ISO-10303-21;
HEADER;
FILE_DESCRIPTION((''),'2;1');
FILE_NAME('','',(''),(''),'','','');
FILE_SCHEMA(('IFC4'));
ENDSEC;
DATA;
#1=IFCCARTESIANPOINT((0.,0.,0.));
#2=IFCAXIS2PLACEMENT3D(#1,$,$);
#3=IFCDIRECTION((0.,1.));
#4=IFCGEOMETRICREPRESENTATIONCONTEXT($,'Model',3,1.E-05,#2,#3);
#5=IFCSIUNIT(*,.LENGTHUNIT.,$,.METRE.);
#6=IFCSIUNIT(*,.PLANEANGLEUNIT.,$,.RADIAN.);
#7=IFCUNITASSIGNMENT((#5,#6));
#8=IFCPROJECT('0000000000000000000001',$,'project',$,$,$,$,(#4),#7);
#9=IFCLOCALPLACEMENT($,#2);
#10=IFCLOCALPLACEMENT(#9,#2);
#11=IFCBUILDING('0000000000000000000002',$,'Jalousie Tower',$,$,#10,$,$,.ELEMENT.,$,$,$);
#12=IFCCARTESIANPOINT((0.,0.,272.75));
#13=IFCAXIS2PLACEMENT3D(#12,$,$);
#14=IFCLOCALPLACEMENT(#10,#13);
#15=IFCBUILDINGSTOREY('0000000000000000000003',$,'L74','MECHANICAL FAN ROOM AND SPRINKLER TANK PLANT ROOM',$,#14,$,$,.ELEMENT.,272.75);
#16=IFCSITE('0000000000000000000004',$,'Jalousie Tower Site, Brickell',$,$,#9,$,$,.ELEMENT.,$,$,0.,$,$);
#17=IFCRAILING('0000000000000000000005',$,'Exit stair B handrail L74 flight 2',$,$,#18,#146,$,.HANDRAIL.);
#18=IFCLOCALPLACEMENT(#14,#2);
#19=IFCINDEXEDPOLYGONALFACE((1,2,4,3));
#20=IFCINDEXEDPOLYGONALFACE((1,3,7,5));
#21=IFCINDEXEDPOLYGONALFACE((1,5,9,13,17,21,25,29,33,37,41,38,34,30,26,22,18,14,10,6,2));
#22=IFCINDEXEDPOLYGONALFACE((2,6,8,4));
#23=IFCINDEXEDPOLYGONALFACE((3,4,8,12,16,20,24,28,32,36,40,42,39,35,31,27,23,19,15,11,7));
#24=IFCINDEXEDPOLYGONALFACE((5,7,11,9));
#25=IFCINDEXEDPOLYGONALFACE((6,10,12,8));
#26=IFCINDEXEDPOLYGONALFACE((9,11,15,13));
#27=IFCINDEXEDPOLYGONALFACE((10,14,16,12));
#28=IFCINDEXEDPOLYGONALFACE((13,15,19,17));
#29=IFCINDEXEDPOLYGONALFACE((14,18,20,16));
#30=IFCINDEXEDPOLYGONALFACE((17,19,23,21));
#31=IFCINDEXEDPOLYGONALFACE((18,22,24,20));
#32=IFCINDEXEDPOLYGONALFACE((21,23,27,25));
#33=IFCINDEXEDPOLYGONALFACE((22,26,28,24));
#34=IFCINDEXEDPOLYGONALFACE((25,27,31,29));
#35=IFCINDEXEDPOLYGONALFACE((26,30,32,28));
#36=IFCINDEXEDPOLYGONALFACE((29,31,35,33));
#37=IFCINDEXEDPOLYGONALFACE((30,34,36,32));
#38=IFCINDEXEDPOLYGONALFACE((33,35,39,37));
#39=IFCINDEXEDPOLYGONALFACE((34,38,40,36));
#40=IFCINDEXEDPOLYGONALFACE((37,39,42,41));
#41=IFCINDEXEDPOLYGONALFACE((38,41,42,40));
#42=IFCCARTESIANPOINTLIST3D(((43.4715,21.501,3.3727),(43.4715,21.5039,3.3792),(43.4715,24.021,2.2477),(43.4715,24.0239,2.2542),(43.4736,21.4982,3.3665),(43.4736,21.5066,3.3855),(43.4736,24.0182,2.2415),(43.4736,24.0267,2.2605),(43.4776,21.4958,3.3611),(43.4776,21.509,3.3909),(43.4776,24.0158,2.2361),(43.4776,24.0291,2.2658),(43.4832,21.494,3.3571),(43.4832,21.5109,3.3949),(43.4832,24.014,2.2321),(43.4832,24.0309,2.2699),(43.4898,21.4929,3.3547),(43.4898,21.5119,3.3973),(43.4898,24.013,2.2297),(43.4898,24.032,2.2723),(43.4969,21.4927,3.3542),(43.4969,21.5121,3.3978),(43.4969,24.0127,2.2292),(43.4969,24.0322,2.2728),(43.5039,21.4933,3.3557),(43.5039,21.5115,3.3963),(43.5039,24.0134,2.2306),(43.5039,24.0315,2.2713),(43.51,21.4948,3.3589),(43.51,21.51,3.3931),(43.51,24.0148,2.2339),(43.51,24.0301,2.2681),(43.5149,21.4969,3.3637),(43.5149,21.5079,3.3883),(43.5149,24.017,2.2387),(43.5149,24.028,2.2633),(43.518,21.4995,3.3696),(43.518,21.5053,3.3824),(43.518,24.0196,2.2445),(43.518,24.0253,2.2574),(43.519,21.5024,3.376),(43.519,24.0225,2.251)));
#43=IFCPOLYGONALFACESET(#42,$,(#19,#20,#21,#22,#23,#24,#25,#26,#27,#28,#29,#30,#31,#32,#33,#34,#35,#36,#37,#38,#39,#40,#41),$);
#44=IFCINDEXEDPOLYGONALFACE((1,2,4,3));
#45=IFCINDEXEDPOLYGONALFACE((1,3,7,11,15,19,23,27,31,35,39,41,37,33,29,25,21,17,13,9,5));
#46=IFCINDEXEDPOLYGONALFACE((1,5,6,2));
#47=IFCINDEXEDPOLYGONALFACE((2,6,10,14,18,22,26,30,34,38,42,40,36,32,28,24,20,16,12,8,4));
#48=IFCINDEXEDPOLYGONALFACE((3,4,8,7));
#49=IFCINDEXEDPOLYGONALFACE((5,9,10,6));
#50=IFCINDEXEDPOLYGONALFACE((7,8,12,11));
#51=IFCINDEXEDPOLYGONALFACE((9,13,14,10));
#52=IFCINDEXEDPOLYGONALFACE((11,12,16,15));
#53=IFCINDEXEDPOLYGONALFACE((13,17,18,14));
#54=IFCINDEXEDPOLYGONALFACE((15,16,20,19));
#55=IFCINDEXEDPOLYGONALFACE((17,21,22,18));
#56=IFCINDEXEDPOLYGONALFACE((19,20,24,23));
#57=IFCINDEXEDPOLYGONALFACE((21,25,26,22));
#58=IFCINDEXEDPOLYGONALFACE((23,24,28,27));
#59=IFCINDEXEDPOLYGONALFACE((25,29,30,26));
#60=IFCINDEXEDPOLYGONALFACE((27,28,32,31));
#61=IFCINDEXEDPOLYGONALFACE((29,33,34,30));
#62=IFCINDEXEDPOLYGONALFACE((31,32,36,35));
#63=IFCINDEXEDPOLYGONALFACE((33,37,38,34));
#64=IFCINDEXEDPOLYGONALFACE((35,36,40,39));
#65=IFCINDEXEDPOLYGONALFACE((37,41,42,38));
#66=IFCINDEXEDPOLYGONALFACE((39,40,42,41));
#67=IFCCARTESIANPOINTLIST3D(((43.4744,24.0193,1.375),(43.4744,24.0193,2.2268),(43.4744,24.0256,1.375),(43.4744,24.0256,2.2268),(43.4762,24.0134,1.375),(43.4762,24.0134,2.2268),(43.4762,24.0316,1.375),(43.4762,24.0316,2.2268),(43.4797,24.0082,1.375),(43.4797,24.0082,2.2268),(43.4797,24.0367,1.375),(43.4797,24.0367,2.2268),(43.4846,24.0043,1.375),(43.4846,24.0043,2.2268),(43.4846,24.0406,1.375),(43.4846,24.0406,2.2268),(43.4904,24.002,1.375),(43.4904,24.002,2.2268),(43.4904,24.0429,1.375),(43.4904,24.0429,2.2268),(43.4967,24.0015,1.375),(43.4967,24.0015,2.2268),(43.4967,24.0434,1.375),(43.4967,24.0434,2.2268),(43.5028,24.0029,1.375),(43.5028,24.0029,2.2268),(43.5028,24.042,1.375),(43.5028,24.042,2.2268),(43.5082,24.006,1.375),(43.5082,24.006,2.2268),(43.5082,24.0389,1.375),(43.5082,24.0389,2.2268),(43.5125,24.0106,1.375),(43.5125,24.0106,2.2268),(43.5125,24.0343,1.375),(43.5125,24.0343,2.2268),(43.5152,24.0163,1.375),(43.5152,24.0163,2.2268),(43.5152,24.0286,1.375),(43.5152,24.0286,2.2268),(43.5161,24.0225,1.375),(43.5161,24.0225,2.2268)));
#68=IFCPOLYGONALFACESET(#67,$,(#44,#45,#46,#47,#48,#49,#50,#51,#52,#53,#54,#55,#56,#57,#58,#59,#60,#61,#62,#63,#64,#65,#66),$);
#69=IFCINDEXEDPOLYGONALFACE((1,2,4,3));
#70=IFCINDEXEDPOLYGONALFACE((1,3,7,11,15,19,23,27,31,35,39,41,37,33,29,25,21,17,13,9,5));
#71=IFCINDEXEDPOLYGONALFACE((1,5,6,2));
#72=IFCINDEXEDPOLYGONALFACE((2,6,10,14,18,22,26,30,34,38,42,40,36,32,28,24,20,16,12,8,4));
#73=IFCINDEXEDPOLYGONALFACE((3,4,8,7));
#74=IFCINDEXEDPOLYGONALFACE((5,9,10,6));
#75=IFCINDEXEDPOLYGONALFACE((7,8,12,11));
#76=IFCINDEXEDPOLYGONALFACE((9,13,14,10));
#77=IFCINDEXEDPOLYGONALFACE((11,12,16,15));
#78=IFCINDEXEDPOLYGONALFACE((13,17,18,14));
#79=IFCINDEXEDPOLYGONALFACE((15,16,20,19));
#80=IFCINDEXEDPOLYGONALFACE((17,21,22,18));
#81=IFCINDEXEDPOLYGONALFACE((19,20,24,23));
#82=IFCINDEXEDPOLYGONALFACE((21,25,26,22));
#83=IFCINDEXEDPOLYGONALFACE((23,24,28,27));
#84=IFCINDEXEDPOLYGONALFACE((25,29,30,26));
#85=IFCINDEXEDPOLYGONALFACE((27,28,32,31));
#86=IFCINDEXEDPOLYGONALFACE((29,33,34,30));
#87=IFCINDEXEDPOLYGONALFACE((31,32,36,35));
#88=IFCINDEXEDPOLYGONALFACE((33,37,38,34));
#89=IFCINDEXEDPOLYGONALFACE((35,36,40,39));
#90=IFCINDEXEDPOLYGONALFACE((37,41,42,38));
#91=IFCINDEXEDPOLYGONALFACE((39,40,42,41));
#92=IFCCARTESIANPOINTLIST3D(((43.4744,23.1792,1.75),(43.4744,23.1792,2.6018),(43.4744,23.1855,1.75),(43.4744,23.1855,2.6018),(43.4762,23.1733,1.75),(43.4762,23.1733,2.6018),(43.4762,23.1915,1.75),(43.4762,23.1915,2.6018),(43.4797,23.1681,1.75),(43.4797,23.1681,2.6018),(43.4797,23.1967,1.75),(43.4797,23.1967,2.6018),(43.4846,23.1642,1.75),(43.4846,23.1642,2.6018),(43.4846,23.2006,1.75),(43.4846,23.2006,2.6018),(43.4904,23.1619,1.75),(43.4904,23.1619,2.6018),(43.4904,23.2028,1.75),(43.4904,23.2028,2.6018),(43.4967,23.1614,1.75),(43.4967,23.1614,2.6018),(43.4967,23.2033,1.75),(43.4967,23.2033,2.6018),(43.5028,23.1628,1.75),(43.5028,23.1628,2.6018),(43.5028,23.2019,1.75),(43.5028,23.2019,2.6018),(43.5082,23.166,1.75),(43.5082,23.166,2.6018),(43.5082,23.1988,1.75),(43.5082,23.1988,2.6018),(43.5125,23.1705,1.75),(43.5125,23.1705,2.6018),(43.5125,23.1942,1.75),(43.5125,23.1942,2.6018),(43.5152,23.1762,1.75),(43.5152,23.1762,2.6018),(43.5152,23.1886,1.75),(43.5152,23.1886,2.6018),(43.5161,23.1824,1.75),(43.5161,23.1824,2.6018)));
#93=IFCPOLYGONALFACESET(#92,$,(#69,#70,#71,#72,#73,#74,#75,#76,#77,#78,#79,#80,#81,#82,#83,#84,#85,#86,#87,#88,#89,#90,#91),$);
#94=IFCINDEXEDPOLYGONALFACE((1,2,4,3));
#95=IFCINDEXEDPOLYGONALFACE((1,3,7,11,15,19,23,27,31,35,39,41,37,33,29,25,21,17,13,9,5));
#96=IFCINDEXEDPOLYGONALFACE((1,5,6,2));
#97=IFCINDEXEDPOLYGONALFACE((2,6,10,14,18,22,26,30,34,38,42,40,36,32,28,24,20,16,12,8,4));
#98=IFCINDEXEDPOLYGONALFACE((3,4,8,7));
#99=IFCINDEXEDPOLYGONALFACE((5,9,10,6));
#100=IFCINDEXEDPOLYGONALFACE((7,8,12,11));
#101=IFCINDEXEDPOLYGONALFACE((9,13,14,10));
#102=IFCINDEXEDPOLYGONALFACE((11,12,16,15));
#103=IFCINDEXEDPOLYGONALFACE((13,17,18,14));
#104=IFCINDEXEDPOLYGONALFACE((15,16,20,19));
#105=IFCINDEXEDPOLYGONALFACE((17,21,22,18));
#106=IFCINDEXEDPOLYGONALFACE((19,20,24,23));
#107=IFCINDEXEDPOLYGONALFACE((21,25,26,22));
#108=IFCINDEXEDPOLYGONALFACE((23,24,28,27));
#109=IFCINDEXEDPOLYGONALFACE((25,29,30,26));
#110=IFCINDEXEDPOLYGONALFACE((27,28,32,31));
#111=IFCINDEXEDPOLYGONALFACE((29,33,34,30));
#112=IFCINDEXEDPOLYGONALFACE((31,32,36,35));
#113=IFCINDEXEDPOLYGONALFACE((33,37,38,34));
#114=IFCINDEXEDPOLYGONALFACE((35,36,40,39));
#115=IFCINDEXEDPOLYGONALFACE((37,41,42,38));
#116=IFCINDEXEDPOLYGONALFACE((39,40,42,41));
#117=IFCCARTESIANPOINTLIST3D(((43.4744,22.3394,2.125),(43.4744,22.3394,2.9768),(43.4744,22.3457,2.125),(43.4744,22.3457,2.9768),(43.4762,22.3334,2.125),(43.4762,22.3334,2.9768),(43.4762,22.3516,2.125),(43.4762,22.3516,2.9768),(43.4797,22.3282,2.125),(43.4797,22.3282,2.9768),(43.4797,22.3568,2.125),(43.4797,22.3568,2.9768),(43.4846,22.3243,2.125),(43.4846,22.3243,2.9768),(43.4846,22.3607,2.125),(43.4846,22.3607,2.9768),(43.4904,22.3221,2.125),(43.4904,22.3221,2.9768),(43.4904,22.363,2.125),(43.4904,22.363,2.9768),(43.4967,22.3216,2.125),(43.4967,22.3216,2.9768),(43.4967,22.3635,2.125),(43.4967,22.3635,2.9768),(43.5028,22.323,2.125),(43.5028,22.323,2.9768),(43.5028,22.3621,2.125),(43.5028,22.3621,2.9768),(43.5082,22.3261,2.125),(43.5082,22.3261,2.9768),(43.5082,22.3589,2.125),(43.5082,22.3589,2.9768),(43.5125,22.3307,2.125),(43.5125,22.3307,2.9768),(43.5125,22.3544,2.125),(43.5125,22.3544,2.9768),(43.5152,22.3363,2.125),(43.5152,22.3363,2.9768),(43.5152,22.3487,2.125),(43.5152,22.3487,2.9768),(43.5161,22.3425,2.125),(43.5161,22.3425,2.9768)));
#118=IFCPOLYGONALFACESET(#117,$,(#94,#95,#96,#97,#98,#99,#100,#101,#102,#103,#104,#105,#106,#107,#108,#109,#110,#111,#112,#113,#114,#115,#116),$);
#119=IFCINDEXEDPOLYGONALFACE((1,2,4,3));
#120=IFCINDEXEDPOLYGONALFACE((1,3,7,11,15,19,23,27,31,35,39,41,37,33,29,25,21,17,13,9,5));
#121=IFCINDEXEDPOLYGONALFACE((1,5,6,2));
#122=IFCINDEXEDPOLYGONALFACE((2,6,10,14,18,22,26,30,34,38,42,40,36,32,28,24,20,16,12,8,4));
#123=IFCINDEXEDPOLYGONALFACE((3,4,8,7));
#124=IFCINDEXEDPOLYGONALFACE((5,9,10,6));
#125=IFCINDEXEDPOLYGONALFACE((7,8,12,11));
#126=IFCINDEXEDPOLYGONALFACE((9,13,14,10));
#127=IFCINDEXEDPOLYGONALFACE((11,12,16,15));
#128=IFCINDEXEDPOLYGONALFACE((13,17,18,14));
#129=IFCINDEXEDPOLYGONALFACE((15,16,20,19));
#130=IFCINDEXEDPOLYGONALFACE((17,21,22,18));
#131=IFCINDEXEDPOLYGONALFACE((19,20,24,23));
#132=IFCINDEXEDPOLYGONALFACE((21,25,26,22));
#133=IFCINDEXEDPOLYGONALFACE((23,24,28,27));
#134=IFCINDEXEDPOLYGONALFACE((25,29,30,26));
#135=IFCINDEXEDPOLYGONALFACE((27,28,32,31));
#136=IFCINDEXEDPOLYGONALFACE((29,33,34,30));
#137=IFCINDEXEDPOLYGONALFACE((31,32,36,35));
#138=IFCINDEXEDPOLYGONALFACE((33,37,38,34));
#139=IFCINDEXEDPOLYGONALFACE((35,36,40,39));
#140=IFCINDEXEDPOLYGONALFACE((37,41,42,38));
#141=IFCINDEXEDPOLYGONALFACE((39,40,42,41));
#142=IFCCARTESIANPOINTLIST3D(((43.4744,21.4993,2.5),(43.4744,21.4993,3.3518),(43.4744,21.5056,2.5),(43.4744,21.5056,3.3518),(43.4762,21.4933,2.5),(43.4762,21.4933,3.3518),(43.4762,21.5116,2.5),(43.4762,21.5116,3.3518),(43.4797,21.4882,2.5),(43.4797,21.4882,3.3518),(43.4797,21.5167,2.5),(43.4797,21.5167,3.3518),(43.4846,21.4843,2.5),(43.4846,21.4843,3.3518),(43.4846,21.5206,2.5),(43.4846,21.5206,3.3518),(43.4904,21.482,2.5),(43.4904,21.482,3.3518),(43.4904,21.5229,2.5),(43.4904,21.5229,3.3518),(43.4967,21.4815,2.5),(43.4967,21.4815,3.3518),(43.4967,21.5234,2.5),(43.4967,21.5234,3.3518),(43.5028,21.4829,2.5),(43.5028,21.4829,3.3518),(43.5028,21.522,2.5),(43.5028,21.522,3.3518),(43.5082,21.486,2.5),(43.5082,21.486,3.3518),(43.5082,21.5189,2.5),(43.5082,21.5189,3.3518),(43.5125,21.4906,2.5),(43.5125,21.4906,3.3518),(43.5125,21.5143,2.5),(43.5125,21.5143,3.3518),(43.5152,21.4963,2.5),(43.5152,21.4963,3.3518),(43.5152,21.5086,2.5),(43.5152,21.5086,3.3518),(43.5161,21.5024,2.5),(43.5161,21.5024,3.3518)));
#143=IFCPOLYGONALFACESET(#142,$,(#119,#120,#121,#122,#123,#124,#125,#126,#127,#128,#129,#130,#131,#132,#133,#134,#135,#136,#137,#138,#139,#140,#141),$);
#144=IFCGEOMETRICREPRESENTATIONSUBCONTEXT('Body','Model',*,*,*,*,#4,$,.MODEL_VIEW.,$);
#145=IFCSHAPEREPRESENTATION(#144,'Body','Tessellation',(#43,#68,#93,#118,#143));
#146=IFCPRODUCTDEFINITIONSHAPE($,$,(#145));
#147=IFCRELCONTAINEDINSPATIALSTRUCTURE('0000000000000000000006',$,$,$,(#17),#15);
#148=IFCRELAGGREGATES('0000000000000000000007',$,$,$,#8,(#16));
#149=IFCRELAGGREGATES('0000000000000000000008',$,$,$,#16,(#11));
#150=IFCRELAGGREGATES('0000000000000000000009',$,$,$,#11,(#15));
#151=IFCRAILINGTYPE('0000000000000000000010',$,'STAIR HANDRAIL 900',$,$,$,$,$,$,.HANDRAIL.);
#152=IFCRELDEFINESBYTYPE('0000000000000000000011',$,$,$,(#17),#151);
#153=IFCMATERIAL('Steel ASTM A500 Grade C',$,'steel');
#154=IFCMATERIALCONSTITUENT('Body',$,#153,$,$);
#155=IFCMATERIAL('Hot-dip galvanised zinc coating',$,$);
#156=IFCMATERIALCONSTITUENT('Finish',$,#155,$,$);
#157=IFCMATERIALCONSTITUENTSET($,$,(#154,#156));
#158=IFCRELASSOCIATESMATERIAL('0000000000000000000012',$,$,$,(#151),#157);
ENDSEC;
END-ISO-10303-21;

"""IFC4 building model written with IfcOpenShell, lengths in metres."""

from ifc_helpers import new_model, si_unit, direction, frame, origin, origin_2d, place, context, subcontext, project, spatial, circle, extrude, material, constituent, constituent_set, type_object, element, save


model = new_model("IFC4")

# Units and contexts
model_context = context("Model", 3, precision=1e-05, world=origin(), true_north=direction((0.0, 1.0)))
body_context = subcontext(model_context, "Body", "Model", "MODEL_VIEW")
ifc_project = project(units=[si_unit("LENGTHUNIT", "METRE"), si_unit("PLANEANGLEUNIT", "RADIAN")], contexts=[model_context])

# Site, building, storey
site_placement = place(None, origin())
site = spatial("IfcSite", under=ifc_project, at=site_placement, Name="Jalousie Tower Site, Brickell", CompositionType="ELEMENT", RefElevation=0.0)
building_placement = place(site_placement, origin())
building = spatial("IfcBuilding", under=site, at=building_placement, Name="Jalousie Tower", CompositionType="ELEMENT")
storey_placement = place(building_placement, frame((0.0, 0.0, 272.75)))
storey = spatial("IfcBuildingStorey", under=building, at=storey_placement, Name="L74", Description="MECHANICAL FAN ROOM AND SPRINKLER TANK PLANT ROOM", CompositionType="ELEMENT", Elevation=272.75)

# Railing
ifc_material_1 = material(Name="Steel ASTM A500 Grade C", Category="steel")
ifc_constituent_1 = constituent(ifc_material_1, Name="Body")
ifc_material_2 = material(Name="Hot-dip galvanised zinc coating")
ifc_constituent_2 = constituent(ifc_material_2, Name="Finish")
ifc_constituent_set_1 = constituent_set(constituents=[ifc_constituent_1, ifc_constituent_2])
railing_type_1 = type_object("IfcRailingType", Name="STAIR HANDRAIL 900", PredefinedType="HANDRAIL", material=ifc_constituent_set_1)
railing_1_placement = place(storey_placement, frame((43.4951, 24.0225, 1.375)))
element("IfcRailing", 1, at=railing_1_placement, inside=storey, type_object=railing_type_1, Name="Exit stair B handrail L74 flight 2", PredefinedType="HANDRAIL", context=body_context, shape_type="SweptSolid", body=[
    extrude(circle(Radius=0.0239, at=origin_2d()), frame((0.0, 0.0, 0.876), z_axis=(0.0, -0.913139, 0.407648), x_axis=(1.0, 0.0, 0.0)), (0.0, 0.0, 1.0), 2.7598),
    extrude(circle(Radius=0.021, at=origin_2d()), origin(), (0.0, 0.0, 1.0), 0.8518),
    extrude(circle(Radius=0.021, at=origin_2d()), frame((0.0, -0.8401, 0.375)), (0.0, 0.0, 1.0), 0.8518),
    extrude(circle(Radius=0.021, at=origin_2d()), frame((0.0, -1.6799, 0.75)), (0.0, 0.0, 1.0), 0.8518),
    extrude(circle(Radius=0.021, at=origin_2d()), frame((0.0, -2.52, 1.125)), (0.0, 0.0, 1.0), 0.8518),
])

save(model, "model.ifc")
